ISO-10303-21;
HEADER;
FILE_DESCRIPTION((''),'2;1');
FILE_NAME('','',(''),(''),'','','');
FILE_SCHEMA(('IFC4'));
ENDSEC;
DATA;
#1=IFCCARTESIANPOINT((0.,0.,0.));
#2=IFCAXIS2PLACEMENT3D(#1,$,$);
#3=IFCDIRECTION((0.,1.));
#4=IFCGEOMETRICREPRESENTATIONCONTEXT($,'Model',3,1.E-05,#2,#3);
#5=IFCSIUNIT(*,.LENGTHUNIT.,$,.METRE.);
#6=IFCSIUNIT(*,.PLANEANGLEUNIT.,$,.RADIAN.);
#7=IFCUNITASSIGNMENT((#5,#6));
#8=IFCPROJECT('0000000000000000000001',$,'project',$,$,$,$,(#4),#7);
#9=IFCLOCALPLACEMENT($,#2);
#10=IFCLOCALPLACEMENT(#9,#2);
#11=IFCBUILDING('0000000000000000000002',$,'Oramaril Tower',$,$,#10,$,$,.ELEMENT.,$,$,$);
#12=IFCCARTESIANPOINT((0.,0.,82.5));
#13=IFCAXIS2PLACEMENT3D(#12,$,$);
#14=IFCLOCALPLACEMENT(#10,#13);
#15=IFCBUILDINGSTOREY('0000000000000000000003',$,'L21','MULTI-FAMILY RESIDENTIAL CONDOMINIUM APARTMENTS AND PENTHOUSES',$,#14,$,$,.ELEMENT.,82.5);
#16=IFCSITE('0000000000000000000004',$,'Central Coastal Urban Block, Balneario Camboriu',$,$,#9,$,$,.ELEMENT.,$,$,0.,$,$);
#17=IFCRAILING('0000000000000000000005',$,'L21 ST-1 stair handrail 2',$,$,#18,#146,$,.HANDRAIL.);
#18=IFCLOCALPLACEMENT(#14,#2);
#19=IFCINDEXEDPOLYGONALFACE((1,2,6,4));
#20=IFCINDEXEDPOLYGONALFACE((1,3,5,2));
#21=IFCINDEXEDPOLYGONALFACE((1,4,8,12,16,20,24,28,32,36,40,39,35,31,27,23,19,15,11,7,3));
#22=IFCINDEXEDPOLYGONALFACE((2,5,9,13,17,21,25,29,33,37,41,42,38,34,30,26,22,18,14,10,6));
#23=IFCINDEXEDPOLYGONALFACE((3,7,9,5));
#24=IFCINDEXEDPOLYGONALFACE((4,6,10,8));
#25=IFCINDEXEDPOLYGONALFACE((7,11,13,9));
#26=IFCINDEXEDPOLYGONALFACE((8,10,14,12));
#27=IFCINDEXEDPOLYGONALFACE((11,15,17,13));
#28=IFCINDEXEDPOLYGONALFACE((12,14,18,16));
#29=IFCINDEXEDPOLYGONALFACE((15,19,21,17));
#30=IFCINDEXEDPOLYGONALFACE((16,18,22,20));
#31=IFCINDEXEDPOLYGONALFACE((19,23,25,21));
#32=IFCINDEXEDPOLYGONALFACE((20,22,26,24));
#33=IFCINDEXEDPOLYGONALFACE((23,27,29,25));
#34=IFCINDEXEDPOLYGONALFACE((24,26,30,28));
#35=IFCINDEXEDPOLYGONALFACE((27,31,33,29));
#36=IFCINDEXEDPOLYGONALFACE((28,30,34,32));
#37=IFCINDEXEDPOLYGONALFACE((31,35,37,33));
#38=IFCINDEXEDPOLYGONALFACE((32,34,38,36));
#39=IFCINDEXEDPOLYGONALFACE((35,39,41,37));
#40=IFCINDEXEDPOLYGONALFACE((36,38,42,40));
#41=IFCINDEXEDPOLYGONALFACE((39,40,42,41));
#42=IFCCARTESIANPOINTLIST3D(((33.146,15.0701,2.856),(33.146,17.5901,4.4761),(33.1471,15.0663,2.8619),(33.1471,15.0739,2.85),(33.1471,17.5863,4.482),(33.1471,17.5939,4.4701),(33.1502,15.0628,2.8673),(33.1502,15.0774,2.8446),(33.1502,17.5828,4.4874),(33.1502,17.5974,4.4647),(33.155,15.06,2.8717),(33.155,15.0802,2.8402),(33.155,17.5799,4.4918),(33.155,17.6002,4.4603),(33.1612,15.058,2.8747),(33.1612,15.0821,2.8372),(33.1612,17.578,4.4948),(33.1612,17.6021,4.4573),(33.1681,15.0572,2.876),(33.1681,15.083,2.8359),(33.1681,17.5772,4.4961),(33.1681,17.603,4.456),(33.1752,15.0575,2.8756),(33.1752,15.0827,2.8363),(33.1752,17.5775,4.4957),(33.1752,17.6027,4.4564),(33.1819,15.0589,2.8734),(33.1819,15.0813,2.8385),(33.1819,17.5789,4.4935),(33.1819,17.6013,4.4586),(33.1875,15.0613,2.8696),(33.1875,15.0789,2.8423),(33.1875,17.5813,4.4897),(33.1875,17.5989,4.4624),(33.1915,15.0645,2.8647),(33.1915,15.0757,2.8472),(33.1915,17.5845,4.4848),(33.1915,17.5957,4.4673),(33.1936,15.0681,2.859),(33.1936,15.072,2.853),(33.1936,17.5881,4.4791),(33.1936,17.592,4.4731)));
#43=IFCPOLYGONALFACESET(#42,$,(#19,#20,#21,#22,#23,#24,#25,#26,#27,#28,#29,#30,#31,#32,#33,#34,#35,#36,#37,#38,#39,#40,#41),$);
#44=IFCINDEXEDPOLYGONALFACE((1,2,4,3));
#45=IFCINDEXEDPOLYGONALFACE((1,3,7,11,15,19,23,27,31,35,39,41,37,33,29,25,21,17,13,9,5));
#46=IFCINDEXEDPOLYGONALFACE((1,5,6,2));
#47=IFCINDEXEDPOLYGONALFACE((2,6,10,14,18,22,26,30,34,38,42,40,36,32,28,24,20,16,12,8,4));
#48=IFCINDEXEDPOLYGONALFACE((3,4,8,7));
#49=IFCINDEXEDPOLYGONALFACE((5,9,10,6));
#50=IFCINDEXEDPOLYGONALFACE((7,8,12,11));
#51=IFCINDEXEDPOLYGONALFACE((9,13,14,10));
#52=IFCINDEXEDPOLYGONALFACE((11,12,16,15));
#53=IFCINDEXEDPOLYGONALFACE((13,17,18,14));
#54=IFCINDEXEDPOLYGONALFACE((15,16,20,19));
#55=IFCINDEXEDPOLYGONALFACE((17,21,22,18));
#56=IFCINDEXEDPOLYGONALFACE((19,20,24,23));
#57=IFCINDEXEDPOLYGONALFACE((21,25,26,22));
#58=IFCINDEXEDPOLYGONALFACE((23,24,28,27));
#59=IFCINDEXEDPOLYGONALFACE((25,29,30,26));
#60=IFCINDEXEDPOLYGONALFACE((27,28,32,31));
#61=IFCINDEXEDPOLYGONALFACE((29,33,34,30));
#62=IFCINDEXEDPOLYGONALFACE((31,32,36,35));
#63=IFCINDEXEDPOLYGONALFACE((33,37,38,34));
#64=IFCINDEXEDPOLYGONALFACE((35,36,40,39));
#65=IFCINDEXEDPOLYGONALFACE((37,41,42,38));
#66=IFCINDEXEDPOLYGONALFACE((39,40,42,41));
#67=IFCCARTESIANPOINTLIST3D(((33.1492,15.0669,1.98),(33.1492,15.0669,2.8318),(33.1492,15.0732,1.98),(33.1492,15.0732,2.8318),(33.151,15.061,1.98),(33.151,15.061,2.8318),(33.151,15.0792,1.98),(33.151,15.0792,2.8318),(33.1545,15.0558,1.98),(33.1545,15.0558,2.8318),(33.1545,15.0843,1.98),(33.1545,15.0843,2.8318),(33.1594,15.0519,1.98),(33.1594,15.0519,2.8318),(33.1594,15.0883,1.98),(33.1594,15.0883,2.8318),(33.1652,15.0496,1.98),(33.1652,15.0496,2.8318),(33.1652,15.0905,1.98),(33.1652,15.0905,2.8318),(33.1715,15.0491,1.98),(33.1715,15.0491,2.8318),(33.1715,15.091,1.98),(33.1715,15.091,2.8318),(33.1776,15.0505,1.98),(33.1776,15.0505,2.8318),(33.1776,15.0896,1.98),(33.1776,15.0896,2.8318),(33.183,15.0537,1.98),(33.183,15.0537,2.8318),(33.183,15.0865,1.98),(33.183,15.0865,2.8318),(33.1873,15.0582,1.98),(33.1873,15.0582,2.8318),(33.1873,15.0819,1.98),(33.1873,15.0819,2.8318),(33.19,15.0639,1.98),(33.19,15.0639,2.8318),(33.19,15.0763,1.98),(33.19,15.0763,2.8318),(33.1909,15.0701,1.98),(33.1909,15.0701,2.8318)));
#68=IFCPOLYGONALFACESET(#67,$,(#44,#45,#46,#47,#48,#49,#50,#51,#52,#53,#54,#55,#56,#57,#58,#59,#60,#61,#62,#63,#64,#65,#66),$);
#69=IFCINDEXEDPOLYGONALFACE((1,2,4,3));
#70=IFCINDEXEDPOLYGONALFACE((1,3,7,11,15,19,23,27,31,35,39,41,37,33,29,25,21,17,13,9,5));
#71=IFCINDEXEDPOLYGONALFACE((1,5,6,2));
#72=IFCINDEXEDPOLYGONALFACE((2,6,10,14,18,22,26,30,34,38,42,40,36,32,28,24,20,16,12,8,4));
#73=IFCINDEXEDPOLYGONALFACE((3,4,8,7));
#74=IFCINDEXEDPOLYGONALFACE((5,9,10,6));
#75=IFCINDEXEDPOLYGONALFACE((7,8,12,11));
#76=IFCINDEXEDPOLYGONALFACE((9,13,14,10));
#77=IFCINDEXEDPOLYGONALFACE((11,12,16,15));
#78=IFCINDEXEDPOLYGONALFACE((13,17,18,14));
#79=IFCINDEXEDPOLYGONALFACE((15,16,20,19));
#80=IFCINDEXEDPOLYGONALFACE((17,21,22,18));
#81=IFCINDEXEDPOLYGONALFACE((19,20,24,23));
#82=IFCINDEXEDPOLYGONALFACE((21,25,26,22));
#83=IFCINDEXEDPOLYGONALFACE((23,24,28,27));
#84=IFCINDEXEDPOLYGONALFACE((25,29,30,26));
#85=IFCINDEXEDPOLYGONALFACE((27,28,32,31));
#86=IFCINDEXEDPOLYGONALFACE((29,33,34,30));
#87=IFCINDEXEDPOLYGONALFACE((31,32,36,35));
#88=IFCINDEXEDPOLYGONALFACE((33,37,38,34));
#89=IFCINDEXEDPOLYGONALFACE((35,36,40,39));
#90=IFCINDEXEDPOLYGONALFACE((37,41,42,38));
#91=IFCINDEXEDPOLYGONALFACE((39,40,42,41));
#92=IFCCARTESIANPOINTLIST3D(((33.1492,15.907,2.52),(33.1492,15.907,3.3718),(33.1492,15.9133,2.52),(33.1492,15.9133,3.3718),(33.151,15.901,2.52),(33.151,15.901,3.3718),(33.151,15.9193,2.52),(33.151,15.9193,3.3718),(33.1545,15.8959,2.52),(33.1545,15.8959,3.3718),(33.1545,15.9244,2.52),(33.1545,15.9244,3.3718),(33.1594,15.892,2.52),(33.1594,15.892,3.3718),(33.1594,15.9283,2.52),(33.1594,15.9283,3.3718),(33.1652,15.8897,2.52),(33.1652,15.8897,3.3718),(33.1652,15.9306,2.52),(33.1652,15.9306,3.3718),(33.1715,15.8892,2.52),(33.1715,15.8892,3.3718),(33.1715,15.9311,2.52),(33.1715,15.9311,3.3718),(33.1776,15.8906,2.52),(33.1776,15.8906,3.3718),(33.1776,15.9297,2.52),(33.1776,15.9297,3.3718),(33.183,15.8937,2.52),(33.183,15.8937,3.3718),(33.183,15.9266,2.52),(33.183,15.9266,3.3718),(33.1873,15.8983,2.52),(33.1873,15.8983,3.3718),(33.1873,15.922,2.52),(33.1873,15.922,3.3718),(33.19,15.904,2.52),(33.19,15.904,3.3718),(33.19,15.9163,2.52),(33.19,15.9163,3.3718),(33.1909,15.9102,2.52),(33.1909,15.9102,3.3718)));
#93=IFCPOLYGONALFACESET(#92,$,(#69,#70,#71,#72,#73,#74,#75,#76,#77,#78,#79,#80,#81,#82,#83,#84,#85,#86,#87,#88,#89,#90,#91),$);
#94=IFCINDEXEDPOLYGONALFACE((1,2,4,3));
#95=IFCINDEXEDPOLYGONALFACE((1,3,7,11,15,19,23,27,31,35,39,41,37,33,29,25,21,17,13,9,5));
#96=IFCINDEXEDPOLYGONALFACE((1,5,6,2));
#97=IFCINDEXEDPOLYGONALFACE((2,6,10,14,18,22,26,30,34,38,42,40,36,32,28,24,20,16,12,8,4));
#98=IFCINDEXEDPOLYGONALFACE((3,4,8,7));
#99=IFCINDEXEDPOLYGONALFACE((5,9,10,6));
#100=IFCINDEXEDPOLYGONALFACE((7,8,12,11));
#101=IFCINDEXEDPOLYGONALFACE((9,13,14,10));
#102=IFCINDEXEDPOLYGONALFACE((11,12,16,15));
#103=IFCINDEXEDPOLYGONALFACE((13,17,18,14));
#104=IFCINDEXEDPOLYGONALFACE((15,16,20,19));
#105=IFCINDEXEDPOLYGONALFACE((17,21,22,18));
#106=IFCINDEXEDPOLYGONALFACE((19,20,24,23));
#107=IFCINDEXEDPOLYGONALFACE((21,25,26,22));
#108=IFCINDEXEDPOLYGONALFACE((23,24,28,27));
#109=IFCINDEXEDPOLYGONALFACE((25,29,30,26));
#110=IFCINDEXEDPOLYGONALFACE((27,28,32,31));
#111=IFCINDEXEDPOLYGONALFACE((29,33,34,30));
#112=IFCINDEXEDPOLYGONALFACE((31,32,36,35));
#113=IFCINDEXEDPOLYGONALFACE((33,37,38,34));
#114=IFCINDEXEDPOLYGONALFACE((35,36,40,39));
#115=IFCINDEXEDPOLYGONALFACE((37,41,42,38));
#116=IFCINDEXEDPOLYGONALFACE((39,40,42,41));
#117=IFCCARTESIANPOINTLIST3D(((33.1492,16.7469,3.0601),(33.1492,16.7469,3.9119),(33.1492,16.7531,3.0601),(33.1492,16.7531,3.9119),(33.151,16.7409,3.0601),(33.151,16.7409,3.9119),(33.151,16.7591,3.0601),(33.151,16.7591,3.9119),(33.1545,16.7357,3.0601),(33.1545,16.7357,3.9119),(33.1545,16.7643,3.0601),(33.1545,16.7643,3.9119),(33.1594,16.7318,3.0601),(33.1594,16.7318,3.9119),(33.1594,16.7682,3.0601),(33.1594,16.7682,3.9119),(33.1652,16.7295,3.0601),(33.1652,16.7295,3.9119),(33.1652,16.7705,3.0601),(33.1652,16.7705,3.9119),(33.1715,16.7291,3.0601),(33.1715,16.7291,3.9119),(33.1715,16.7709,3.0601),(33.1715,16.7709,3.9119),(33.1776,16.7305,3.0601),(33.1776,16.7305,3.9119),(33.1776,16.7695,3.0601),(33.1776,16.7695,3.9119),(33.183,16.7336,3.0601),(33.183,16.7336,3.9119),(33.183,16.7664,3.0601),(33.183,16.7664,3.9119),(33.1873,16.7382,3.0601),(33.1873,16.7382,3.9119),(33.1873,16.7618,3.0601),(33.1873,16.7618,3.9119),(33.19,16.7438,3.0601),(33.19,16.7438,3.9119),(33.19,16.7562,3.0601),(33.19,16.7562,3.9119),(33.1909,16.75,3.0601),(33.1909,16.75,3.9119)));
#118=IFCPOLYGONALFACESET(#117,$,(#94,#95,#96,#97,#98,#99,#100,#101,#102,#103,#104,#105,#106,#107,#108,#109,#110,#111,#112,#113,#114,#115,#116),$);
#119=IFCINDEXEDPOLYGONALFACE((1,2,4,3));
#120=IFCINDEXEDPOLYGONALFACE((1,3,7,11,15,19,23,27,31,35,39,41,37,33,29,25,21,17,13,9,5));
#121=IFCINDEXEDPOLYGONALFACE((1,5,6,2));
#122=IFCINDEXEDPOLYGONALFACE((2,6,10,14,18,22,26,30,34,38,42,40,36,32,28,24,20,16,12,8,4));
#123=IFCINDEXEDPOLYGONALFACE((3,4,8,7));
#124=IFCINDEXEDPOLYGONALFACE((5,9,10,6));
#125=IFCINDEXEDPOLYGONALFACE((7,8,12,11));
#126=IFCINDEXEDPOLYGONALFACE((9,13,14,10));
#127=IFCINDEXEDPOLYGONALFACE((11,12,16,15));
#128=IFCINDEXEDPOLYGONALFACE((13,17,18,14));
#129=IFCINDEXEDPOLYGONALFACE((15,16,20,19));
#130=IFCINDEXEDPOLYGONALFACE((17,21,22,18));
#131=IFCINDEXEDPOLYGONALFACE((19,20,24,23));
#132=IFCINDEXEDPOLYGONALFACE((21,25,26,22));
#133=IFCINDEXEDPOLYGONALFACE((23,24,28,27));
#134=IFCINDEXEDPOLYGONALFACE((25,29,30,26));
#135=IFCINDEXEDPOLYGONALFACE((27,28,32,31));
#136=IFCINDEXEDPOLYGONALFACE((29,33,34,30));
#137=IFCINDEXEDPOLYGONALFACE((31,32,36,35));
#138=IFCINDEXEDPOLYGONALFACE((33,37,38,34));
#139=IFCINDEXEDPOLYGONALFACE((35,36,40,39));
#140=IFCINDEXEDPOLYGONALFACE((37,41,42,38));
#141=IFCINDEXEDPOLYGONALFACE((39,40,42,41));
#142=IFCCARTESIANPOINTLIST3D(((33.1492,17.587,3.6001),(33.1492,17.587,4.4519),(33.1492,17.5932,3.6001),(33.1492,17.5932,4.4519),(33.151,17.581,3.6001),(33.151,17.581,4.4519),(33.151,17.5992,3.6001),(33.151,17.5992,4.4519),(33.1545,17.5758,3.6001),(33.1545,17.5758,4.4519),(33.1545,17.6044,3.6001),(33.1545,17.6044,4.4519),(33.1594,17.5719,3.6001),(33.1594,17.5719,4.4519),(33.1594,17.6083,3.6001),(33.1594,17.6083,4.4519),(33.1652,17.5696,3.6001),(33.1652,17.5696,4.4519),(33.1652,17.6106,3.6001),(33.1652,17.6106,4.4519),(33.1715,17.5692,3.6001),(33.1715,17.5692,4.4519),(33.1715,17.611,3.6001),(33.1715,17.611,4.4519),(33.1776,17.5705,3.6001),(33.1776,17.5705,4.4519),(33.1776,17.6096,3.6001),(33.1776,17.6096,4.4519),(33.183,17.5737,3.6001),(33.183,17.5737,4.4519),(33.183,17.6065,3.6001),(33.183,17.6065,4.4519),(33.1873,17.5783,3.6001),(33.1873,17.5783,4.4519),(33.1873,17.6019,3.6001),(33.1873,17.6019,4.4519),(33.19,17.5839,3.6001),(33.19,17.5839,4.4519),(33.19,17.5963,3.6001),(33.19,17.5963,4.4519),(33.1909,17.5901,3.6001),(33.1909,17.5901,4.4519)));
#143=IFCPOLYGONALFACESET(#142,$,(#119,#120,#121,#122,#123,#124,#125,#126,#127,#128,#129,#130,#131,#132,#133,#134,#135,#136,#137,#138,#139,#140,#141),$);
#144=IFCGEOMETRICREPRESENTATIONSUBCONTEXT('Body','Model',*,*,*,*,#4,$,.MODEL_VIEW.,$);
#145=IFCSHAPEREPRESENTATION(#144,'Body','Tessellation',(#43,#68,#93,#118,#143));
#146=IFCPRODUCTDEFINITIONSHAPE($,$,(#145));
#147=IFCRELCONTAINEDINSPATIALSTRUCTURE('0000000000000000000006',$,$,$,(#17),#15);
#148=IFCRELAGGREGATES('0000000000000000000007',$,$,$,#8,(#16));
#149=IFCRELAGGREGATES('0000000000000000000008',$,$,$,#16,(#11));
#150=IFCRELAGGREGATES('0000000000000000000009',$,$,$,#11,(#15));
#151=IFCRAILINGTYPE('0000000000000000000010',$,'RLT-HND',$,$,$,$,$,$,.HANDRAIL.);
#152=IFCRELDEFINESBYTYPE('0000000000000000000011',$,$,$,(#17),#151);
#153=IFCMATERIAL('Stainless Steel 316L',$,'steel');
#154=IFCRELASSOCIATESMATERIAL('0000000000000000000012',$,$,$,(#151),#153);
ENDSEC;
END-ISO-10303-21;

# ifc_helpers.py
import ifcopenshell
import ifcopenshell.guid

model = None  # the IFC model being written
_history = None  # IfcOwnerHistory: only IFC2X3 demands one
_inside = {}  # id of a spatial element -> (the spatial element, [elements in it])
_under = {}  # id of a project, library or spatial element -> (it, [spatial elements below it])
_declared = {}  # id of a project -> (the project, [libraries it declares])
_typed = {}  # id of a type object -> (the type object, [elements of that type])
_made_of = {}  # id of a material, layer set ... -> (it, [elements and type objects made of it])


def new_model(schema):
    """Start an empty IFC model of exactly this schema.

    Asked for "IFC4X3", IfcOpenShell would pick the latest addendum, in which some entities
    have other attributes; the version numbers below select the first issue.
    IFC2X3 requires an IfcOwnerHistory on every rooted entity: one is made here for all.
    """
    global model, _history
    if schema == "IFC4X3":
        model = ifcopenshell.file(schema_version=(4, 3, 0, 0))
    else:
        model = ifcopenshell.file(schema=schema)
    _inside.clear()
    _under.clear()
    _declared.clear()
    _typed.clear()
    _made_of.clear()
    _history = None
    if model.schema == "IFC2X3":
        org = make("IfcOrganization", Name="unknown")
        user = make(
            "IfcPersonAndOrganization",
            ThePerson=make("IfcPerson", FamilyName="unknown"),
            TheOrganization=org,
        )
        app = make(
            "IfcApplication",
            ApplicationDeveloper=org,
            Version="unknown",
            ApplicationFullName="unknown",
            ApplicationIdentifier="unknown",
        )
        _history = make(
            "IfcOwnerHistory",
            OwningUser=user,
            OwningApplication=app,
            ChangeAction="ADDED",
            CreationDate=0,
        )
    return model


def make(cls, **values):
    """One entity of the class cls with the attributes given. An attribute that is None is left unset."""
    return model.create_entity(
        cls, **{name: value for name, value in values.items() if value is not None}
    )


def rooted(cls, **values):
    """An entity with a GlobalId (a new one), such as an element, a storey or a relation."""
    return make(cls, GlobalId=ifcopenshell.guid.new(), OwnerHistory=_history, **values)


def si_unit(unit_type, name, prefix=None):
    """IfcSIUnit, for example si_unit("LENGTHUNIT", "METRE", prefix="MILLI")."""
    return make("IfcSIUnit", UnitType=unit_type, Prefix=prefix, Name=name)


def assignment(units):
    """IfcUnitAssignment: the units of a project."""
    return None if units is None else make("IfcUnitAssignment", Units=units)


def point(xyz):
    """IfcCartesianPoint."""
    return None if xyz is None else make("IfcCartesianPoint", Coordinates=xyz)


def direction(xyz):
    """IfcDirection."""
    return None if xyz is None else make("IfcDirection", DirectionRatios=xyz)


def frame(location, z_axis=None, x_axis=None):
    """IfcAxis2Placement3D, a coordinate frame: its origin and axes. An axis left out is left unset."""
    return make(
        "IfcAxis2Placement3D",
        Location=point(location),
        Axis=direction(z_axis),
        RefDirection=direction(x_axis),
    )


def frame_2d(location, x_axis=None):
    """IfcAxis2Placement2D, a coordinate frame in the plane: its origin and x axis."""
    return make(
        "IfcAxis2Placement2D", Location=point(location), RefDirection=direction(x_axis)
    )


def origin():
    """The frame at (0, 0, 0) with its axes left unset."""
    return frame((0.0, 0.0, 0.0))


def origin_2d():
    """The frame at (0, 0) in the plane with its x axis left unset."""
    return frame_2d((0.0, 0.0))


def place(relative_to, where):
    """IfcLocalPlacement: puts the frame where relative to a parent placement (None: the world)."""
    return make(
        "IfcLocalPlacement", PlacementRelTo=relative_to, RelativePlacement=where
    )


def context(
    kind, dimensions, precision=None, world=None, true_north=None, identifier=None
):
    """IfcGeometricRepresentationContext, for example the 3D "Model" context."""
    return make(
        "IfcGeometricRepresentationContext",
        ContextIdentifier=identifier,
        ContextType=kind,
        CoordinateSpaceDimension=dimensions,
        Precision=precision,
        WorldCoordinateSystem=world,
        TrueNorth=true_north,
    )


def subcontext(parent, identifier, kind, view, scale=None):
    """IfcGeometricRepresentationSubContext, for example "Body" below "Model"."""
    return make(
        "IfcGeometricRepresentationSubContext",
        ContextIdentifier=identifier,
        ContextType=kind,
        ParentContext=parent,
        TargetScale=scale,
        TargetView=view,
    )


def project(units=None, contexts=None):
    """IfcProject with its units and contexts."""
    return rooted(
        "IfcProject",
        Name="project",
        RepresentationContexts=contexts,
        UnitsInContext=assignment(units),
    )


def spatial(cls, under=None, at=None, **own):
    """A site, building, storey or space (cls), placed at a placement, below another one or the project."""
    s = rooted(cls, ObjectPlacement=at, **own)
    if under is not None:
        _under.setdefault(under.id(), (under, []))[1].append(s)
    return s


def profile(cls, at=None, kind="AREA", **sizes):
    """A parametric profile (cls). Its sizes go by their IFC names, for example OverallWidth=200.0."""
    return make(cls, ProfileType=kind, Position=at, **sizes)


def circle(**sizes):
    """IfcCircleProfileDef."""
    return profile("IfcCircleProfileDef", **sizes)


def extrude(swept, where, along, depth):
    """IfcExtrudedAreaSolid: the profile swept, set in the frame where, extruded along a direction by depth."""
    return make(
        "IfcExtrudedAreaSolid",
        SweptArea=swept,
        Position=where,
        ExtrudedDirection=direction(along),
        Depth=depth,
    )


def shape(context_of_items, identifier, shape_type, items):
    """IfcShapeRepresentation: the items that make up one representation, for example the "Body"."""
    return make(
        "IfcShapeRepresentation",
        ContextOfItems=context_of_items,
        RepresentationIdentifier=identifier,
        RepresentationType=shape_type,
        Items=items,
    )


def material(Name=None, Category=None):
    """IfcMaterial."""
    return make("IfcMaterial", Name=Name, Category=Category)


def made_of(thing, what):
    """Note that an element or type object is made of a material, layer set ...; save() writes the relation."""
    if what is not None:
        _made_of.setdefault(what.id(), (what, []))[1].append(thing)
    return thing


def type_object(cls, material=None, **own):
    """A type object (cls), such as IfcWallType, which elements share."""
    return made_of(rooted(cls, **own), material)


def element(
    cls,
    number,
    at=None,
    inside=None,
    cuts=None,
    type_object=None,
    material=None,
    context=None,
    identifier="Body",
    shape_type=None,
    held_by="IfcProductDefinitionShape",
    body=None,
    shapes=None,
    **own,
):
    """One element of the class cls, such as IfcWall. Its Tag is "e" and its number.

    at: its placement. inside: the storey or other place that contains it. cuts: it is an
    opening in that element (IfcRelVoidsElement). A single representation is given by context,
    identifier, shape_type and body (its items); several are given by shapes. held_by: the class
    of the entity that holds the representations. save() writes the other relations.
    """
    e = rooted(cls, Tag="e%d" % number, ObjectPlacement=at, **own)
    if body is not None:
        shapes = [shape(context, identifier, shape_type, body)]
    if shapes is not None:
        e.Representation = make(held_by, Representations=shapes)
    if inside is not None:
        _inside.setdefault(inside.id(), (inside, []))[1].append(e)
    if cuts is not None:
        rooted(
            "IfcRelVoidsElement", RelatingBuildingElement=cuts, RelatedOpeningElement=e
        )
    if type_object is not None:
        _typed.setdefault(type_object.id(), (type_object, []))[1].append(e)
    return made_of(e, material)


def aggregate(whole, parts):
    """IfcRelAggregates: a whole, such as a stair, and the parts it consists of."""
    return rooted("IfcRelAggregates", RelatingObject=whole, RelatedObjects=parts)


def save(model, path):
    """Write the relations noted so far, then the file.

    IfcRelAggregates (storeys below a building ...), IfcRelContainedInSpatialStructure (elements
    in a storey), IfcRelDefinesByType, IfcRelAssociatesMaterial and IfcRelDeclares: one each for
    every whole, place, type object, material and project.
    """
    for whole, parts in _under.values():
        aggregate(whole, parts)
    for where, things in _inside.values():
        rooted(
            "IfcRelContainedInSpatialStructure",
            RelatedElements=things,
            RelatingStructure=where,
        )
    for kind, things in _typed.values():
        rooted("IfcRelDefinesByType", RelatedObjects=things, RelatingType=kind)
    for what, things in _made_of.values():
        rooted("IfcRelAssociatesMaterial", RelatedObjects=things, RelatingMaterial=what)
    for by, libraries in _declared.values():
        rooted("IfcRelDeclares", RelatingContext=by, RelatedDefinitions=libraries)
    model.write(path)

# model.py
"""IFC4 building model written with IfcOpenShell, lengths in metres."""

from ifc_helpers import new_model, si_unit, direction, frame, origin, origin_2d, place, context, subcontext, project, spatial, circle, extrude, material, type_object, element, save


model = new_model("IFC4")

# Units and contexts
model_context = context("Model", 3, precision=1e-05, world=origin(), true_north=direction((0.0, 1.0)))
body_context = subcontext(model_context, "Body", "Model", "MODEL_VIEW")
ifc_project = project(units=[si_unit("LENGTHUNIT", "METRE"), si_unit("PLANEANGLEUNIT", "RADIAN")], contexts=[model_context])

# Site, building, storey
site_placement = place(None, origin())
site = spatial("IfcSite", under=ifc_project, at=site_placement, Name="Central Coastal Urban Block, Balneario Camboriu", CompositionType="ELEMENT", RefElevation=0.0)
building_placement = place(site_placement, origin())
building = spatial("IfcBuilding", under=site, at=building_placement, Name="Oramaril Tower", CompositionType="ELEMENT")
storey_placement = place(building_placement, frame((0.0, 0.0, 82.5)))
storey = spatial("IfcBuildingStorey", under=building, at=storey_placement, Name="L21", Description="MULTI-FAMILY RESIDENTIAL CONDOMINIUM APARTMENTS AND PENTHOUSES", CompositionType="ELEMENT", Elevation=82.5)

# Railing
ifc_material_1 = material(Name="Stainless Steel 316L", Category="steel")
railing_type_1 = type_object("IfcRailingType", Name="RLT-HND", PredefinedType="HANDRAIL", material=ifc_material_1)
railing_1_placement = place(storey_placement, frame((33.1699, 15.0701, 1.98)))
element("IfcRailing", 1, at=railing_1_placement, inside=storey, type_object=railing_type_1, Name="L21 ST-1 stair handrail 2", PredefinedType="HANDRAIL", context=body_context, shape_type="SweptSolid", body=[
    extrude(circle(Radius=0.0239, at=origin_2d()), frame((0.0, 0.0, 0.876), z_axis=(0.0, 0.841163, 0.540782), x_axis=(-1.0, 0.0, 0.0)), (0.0, 0.0, 1.0), 2.9958),
    extrude(circle(Radius=0.021, at=origin_2d()), origin(), (0.0, 0.0, 1.0), 0.8518),
    extrude(circle(Radius=0.021, at=origin_2d()), frame((0.0, 0.8401, 0.54)), (0.0, 0.0, 1.0), 0.8518),
    extrude(circle(Radius=0.021, at=origin_2d()), frame((0.0, 1.6799, 1.0801)), (0.0, 0.0, 1.0), 0.8518),
    extrude(circle(Radius=0.021, at=origin_2d()), frame((0.0, 2.52, 1.6201)), (0.0, 0.0, 1.0), 0.8518),
])

save(model, "model.ifc")
